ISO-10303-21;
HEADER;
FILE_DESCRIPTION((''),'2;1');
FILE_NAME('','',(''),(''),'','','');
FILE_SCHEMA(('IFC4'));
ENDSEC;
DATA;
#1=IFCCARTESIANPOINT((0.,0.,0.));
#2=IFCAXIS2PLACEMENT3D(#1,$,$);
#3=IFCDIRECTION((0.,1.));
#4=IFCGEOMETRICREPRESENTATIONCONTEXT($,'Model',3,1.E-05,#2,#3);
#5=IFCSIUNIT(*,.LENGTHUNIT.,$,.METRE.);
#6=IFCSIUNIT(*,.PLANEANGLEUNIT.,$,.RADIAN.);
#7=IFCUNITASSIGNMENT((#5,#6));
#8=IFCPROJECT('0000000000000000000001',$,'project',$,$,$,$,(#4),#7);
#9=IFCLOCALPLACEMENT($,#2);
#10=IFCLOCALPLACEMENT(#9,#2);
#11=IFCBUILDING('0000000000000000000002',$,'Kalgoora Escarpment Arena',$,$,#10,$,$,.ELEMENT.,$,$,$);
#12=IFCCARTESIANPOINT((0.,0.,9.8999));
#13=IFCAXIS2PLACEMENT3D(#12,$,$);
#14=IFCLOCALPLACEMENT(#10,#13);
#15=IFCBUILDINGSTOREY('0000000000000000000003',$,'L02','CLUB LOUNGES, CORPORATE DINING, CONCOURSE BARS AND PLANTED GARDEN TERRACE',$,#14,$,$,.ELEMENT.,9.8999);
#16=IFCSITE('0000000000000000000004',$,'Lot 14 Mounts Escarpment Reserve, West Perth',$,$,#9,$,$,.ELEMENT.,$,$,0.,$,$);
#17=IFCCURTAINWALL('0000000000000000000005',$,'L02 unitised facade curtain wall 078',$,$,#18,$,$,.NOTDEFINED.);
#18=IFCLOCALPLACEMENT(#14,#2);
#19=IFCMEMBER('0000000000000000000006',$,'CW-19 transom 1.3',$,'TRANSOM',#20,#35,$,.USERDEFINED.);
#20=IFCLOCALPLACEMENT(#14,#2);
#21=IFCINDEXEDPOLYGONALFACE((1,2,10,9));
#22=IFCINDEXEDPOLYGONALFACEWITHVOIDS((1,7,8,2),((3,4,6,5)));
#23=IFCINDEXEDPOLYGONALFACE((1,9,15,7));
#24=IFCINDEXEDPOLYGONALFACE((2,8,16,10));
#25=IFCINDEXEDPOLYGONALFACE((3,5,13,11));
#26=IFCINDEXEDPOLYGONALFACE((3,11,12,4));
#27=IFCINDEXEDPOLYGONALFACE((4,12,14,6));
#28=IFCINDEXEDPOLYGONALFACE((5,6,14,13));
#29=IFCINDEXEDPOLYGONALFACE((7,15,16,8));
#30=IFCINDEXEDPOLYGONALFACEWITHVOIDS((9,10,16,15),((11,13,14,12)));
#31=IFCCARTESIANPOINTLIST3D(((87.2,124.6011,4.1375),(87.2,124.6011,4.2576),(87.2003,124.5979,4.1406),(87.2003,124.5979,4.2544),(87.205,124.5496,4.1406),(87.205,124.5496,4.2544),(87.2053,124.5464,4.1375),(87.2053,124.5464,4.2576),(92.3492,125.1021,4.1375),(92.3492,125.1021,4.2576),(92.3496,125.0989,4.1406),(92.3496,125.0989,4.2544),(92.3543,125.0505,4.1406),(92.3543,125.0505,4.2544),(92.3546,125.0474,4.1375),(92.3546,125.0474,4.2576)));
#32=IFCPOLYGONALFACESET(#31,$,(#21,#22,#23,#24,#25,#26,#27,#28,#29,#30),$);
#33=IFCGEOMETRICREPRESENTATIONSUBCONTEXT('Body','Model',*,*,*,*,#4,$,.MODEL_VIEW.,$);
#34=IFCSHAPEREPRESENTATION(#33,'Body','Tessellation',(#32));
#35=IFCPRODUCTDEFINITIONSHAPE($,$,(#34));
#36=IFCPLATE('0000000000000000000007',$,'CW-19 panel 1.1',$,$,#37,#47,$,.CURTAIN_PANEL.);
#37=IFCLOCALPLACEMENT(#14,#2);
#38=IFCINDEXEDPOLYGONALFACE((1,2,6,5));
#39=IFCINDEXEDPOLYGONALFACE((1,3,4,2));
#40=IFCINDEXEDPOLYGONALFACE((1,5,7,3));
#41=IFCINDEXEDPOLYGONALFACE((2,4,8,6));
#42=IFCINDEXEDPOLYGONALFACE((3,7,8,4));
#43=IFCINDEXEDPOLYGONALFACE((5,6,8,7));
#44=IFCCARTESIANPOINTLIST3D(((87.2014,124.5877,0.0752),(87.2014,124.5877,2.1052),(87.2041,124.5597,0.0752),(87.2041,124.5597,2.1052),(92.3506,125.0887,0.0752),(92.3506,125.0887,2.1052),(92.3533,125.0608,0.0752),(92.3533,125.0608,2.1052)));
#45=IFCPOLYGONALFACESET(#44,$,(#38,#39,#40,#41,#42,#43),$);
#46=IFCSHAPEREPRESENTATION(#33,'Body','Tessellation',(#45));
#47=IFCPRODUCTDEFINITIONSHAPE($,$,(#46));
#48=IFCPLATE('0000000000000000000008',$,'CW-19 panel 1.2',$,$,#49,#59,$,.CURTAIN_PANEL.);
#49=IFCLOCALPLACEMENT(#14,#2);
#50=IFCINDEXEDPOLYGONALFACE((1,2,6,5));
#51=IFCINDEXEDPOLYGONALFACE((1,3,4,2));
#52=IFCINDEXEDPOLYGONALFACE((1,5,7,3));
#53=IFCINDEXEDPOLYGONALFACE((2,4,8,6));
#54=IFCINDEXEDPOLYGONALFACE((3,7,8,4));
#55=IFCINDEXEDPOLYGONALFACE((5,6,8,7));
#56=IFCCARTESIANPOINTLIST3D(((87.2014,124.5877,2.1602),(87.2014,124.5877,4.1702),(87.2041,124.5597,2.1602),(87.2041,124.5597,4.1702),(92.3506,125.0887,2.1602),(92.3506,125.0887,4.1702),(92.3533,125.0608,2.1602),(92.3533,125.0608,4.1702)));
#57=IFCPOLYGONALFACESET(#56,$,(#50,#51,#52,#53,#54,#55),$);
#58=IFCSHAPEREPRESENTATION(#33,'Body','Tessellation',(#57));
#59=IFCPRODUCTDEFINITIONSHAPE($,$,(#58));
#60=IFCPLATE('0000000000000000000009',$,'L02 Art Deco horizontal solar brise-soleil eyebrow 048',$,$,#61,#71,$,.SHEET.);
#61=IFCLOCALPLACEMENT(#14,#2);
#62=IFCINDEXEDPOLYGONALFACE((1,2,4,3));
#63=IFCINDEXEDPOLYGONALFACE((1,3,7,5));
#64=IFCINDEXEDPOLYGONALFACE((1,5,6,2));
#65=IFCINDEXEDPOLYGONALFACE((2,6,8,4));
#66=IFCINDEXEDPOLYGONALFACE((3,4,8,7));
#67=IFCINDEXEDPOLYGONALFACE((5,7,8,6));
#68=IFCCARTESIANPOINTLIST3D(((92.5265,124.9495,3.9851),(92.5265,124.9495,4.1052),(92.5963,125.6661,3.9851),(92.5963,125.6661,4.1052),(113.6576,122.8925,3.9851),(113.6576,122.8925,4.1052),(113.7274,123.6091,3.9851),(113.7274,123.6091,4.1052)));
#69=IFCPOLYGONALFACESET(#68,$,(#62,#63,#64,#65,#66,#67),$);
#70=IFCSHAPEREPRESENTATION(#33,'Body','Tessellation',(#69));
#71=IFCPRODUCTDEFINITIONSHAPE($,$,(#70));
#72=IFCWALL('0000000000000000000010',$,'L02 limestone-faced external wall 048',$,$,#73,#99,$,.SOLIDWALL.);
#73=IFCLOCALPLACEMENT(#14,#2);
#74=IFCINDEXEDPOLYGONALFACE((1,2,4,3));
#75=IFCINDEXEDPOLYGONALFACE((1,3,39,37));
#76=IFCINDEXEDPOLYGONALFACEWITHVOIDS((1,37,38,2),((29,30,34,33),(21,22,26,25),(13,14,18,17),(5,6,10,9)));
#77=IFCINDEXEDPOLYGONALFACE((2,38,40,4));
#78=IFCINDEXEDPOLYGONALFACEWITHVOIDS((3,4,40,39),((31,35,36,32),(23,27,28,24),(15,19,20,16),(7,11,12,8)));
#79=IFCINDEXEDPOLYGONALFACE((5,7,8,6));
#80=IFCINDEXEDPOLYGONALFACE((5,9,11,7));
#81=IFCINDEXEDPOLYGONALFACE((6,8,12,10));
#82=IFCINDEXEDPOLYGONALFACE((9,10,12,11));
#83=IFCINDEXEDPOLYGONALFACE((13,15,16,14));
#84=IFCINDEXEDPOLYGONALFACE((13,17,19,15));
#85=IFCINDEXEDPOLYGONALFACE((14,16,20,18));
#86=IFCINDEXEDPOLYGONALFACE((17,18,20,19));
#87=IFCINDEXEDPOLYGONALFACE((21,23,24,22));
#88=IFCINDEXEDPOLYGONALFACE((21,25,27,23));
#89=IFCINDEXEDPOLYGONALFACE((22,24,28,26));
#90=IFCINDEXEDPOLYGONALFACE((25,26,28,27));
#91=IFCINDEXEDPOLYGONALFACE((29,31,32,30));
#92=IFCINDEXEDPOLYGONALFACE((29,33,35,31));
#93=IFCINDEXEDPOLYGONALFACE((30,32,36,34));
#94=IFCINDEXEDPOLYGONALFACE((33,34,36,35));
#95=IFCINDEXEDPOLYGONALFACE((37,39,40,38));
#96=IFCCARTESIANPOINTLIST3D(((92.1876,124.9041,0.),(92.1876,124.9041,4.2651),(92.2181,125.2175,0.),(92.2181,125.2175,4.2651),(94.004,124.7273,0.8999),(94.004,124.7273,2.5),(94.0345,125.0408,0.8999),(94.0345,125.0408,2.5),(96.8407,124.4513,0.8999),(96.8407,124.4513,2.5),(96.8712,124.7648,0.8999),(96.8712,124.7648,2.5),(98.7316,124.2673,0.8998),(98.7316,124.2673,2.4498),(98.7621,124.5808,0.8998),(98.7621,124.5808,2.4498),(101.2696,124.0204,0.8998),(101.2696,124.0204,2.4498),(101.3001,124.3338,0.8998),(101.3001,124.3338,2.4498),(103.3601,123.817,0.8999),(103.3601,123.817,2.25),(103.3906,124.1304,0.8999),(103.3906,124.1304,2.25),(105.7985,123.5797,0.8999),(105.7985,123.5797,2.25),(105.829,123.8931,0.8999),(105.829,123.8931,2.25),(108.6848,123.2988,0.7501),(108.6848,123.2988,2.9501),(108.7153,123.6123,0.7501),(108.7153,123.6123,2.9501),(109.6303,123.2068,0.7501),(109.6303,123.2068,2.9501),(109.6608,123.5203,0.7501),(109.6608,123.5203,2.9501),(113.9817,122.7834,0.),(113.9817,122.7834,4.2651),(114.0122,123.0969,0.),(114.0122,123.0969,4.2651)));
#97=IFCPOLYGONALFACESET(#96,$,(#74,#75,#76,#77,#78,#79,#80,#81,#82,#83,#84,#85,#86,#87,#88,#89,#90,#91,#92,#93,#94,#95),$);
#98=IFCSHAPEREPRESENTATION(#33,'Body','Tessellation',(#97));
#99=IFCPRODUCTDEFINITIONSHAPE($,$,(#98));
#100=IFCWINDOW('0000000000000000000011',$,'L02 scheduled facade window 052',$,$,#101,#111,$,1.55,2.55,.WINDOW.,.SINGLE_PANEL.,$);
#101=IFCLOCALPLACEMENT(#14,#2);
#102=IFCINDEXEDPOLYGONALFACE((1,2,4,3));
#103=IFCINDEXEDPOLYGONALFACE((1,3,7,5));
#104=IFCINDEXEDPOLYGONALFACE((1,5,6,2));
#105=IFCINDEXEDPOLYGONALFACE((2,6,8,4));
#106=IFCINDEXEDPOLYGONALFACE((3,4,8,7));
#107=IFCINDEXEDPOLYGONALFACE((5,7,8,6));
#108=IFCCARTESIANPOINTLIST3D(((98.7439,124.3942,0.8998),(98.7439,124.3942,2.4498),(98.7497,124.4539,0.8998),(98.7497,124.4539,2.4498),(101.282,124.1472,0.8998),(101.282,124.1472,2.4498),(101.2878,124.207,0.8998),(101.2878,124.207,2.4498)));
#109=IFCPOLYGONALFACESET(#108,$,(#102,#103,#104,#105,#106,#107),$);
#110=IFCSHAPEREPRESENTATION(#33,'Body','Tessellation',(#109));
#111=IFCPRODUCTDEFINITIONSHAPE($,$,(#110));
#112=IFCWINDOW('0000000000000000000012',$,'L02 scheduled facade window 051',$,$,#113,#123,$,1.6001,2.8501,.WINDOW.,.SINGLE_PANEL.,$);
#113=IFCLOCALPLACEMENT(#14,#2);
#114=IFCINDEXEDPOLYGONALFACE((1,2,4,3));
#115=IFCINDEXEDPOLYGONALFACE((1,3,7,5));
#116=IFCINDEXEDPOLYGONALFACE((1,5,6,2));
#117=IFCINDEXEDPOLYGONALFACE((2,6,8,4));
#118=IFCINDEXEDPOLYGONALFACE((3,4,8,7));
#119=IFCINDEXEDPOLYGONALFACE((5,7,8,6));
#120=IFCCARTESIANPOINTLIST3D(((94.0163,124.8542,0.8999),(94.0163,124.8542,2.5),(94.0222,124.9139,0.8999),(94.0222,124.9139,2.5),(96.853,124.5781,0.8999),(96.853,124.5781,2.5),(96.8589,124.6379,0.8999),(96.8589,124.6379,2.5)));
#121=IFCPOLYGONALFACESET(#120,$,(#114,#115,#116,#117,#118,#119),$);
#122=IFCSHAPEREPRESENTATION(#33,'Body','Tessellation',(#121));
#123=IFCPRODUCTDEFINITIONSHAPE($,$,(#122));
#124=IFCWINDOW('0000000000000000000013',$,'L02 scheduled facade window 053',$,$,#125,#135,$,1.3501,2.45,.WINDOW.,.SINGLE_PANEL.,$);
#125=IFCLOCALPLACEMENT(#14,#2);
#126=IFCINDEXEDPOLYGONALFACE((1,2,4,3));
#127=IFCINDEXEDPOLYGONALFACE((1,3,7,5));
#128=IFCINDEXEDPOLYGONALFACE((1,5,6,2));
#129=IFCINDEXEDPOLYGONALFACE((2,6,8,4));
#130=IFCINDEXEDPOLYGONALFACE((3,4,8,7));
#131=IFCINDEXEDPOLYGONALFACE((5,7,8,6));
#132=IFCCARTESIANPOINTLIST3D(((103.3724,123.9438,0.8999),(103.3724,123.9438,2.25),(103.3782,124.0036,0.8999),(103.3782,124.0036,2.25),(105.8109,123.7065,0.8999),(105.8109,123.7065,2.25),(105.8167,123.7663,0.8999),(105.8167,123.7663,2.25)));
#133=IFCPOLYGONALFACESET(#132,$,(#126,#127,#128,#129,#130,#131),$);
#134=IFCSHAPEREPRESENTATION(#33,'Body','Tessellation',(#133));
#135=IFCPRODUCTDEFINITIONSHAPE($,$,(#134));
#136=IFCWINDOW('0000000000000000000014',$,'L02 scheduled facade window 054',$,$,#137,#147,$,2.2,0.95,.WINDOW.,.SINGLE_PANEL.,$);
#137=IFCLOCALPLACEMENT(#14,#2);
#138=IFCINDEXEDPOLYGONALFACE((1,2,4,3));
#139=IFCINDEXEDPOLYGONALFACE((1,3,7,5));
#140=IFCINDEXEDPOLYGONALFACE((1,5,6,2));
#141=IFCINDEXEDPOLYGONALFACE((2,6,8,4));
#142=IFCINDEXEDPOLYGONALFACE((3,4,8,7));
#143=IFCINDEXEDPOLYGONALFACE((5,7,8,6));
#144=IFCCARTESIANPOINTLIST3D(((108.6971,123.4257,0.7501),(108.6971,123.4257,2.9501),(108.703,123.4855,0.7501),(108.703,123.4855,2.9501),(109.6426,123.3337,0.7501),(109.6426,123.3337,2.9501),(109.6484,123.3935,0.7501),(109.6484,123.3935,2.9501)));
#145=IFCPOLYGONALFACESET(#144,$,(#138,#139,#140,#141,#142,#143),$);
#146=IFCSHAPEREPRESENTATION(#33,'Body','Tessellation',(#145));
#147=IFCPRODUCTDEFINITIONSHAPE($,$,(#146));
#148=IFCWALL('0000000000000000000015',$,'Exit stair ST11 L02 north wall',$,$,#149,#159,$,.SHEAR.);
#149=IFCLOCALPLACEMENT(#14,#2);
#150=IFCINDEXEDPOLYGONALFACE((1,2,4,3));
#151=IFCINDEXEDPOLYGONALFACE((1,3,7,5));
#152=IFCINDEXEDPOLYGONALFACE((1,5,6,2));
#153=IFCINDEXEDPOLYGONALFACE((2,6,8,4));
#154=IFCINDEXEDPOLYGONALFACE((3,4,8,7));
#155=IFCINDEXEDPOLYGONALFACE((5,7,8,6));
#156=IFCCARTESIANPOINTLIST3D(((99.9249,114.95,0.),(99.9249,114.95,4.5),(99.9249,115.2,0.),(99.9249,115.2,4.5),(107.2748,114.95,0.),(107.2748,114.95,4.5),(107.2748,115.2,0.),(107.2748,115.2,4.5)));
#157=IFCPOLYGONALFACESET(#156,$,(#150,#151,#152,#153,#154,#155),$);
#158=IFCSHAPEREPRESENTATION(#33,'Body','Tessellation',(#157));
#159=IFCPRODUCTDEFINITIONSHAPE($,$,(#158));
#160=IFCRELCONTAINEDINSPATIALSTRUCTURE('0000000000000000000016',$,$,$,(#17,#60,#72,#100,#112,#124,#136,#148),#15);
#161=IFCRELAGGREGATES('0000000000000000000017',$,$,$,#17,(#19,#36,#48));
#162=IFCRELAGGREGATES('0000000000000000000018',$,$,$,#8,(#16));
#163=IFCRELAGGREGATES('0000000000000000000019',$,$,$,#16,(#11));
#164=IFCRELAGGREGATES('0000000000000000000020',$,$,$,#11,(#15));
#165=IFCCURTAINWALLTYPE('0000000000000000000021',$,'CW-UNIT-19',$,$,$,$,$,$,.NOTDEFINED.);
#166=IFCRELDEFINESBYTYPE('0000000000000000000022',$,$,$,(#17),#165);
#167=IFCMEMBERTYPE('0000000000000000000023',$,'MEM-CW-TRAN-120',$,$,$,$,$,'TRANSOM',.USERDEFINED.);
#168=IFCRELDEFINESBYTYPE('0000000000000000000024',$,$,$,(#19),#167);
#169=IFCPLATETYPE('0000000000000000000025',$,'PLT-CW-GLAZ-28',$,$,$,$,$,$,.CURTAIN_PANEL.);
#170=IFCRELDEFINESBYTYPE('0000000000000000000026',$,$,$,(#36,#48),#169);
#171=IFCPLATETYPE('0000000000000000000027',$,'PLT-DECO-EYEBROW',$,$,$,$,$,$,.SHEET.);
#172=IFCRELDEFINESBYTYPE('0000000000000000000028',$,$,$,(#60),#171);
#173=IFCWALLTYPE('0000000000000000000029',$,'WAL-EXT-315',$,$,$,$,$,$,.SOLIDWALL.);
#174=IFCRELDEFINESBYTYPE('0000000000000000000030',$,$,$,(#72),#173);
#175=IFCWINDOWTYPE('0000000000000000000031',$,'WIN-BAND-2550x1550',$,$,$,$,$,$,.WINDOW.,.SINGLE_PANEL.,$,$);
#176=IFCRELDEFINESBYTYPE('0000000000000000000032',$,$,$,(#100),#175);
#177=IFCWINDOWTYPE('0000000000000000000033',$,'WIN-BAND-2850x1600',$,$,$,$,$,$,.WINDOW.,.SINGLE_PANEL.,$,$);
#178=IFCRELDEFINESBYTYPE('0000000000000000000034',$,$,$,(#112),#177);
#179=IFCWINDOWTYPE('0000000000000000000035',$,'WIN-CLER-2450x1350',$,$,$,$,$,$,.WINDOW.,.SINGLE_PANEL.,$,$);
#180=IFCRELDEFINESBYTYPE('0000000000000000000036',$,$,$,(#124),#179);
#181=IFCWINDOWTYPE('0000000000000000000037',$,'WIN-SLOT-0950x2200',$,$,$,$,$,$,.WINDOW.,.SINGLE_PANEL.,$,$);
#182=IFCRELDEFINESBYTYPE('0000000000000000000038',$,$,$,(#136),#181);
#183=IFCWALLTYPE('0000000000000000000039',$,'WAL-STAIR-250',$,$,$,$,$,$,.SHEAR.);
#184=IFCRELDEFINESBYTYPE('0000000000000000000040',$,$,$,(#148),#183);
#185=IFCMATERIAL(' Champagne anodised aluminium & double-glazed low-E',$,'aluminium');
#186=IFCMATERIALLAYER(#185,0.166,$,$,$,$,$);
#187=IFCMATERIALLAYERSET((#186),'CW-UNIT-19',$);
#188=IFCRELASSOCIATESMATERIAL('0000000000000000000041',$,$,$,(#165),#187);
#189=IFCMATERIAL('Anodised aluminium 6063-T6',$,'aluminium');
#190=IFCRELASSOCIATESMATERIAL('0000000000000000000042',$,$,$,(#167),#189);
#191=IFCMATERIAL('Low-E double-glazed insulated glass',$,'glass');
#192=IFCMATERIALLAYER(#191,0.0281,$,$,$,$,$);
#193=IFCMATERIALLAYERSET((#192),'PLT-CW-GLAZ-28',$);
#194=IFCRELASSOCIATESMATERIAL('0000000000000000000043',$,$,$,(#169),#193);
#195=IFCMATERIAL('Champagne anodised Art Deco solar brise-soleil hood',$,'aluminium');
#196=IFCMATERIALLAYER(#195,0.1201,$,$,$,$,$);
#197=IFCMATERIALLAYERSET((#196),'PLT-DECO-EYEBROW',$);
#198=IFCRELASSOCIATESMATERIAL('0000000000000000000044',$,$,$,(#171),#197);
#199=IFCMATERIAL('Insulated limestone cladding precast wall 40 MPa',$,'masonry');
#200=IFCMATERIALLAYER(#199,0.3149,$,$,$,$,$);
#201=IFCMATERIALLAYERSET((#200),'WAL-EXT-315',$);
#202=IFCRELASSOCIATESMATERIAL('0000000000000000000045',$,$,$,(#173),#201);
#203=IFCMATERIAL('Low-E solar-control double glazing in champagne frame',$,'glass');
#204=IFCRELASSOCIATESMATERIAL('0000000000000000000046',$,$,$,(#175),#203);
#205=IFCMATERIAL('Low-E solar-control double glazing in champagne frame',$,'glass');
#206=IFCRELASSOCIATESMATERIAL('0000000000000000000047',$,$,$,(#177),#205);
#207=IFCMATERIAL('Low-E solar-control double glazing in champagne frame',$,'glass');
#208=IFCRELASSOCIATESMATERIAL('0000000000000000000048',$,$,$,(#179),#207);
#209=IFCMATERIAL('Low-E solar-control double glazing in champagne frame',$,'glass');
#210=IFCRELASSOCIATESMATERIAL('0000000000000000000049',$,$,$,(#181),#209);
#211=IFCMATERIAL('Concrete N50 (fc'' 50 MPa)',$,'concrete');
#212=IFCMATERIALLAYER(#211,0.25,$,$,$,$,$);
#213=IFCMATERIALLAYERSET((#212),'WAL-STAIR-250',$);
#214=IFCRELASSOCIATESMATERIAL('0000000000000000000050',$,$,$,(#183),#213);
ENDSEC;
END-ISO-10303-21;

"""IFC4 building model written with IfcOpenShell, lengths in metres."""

from ifc_helpers import new_model, si_unit, direction, frame, frame_2d, origin, origin_2d, place, context, subcontext, project, spatial, rectangle, hollow_rectangle, extrude, material, layer, layer_set, material_profile, profile_set, type_object, element, fill, aggregate, save


model = new_model("IFC4")

# Units and contexts
model_context = context("Model", 3, precision=1e-05, world=origin(), true_north=direction((0.0, 1.0)))
body_context = subcontext(model_context, "Body", "Model", "MODEL_VIEW")
ifc_project = project(units=[si_unit("LENGTHUNIT", "METRE"), si_unit("PLANEANGLEUNIT", "RADIAN")], contexts=[model_context])

# Site, building, storey
site_placement = place(None, origin())
site = spatial("IfcSite", under=ifc_project, at=site_placement, Name="Lot 14 Mounts Escarpment Reserve, West Perth", CompositionType="ELEMENT", RefElevation=0.0)
building_placement = place(site_placement, origin())
building = spatial("IfcBuilding", under=site, at=building_placement, Name="Kalgoora Escarpment Arena", CompositionType="ELEMENT")
storey_placement = place(building_placement, frame((0.0, 0.0, 9.8999)))
storey = spatial("IfcBuildingStorey", under=building, at=storey_placement, Name="L02", Description="CLUB LOUNGES, CORPORATE DINING, CONCOURSE BARS AND PLANTED GARDEN TERRACE", CompositionType="ELEMENT", Elevation=9.8999)

# Curtain wall, member, plates
ifc_material_1 = material(Name=" Champagne anodised aluminium & double-glazed low-E", Category="aluminium")
ifc_layer_1 = layer(ifc_material_1, 0.166)
ifc_layer_set_1 = layer_set([ifc_layer_1], Name="CW-UNIT-19")
curtain_wall_type = type_object("IfcCurtainWallType", Name="CW-UNIT-19", PredefinedType="NOTDEFINED", material=ifc_layer_set_1)
curtain_wall_placement = place(storey_placement, origin())
curtain_wall = element("IfcCurtainWall", 1, at=curtain_wall_placement, inside=storey, type_object=curtain_wall_type, Name="L02 unitised facade curtain wall 078", PredefinedType="NOTDEFINED")
ifc_material_2 = material(Name="Anodised aluminium 6063-T6", Category="aluminium")
ifc_material_profile_1 = material_profile(ifc_material_2, hollow_rectangle(XDim=0.0549, YDim=0.1201, WallThickness=0.0032, at=origin_2d()))
ifc_profile_set_1 = profile_set([ifc_material_profile_1], Name="Anodised aluminium 6063-T6")
member_type_1 = type_object("IfcMemberType", Name="MEM-CW-TRAN-120", ElementType="TRANSOM", PredefinedType="USERDEFINED", material=ifc_profile_set_1)
member_1_placement = place(storey_placement, frame((87.2026, 124.5737, 4.1975), z_axis=(0.9953, 0.096835, 0.0), x_axis=(-0.096835, 0.9953, 0.0)))
member_1 = element("IfcMember", 2, at=member_1_placement, type_object=member_type_1, Name="CW-19 transom 1.3", ObjectType="TRANSOM", PredefinedType="USERDEFINED", context=body_context, shape_type="SweptSolid", body=[
    extrude(hollow_rectangle(XDim=0.0549, YDim=0.1201, WallThickness=0.0032, at=origin_2d()), origin(), (0.0, 0.0, 1.0), 5.1736),
])
ifc_material_3 = material(Name="Low-E double-glazed insulated glass", Category="glass")
ifc_layer_2 = layer(ifc_material_3, 0.0281)
ifc_layer_set_2 = layer_set([ifc_layer_2], Name="PLT-CW-GLAZ-28")
plate_type_1 = type_object("IfcPlateType", Name="PLT-CW-GLAZ-28", PredefinedType="CURTAIN_PANEL", material=ifc_layer_set_2)
plate_1_placement = place(storey_placement, frame((89.7773, 124.8242, 0.0752), z_axis=(0.0, 0.0, 1.0), x_axis=(0.995299, 0.096853, 0.0)))
plate_1 = element("IfcPlate", 3, at=plate_1_placement, type_object=plate_type_1, Name="CW-19 panel 1.1", PredefinedType="CURTAIN_PANEL", context=body_context, shape_type="SweptSolid", body=[
    extrude(rectangle(XDim=5.1736, YDim=0.0281, at=origin_2d()), origin(), (0.0, 0.0, 1.0), 2.03),
])
plate_2_placement = place(storey_placement, frame((89.7773, 124.8242, 2.1602), z_axis=(0.0, 0.0, 1.0), x_axis=(0.995299, 0.096853, 0.0)))
plate_2 = element("IfcPlate", 4, at=plate_2_placement, type_object=plate_type_1, Name="CW-19 panel 1.2", PredefinedType="CURTAIN_PANEL", context=body_context, shape_type="SweptSolid", body=[
    extrude(rectangle(XDim=5.1736, YDim=0.0281, at=origin_2d()), origin(), (0.0, 0.0, 1.0), 2.01),
])
aggregate(curtain_wall, [member_1, plate_1, plate_2])

# Plate
ifc_material_4 = material(Name="Champagne anodised Art Deco solar brise-soleil hood", Category="aluminium")
ifc_layer_3 = layer(ifc_material_4, 0.1201)
ifc_layer_set_3 = layer_set([ifc_layer_3], Name="PLT-DECO-EYEBROW")
plate_type_2 = type_object("IfcPlateType", Name="PLT-DECO-EYEBROW", PredefinedType="SHEET", material=ifc_layer_set_3)
plate_3_placement = place(storey_placement, frame((103.127, 124.2793, 3.9851), z_axis=(0.0, 0.0, 1.0), x_axis=(0.995295, -0.096888, 0.0)))
element("IfcPlate", 5, at=plate_3_placement, inside=storey, type_object=plate_type_2, Name="L02 Art Deco horizontal solar brise-soleil eyebrow 048", PredefinedType="SHEET", context=body_context, shape_type="SweptSolid", body=[
    extrude(rectangle(XDim=21.231, YDim=0.72, at=origin_2d()), origin(), (0.0, 0.0, 1.0), 0.1201),
])

# Wall, openings, windows
ifc_material_5 = material(Name="Insulated limestone cladding precast wall 40 MPa", Category="masonry")
ifc_layer_4 = layer(ifc_material_5, 0.3149)
ifc_layer_set_4 = layer_set([ifc_layer_4], Name="WAL-EXT-315")
wall_type_1 = type_object("IfcWallType", Name="WAL-EXT-315", PredefinedType="SOLIDWALL", material=ifc_layer_set_4)
wall_1_placement = place(storey_placement, frame((92.2029, 125.0608, 0.0), z_axis=(0.0, 0.0, 1.0), x_axis=(0.995299, -0.096845, 0.0)))
wall_1 = element("IfcWall", 6, at=wall_1_placement, inside=storey, type_object=wall_type_1, Name="L02 limestone-faced external wall 048", PredefinedType="SOLIDWALL", context=body_context, shape_type="SweptSolid", body=[
    extrude(rectangle(XDim=21.897, YDim=0.3149, at=frame_2d((10.9485, 0.0))), origin(), (0.0, 0.0, 1.0), 4.2651),
])
opening_1_placement = place(wall_1_placement, frame((1.825, 0.0, 0.8999)))
opening_1 = element("IfcOpeningElement", 7, at=opening_1_placement, cuts=wall_1, PredefinedType="OPENING", context=body_context, shape_type="SweptSolid", body=[
    extrude(rectangle(XDim=2.8501, YDim=1.6001, at=frame_2d((1.425, 0.8))), frame((0.0, 0.1675, 0.0), z_axis=(0.0, -1.0, 0.0), x_axis=(1.0, 0.0, 0.0)), (0.0, 0.0, 1.0), 0.335),
])
opening_2_placement = place(wall_1_placement, frame((6.575, 0.0, 0.8999)))
opening_2 = element("IfcOpeningElement", 8, at=opening_2_placement, cuts=wall_1, PredefinedType="OPENING", context=body_context, shape_type="SweptSolid", body=[
    extrude(rectangle(XDim=2.55, YDim=1.55, at=frame_2d((1.2749, 0.7749))), frame((0.0, 0.1675, 0.0), z_axis=(0.0, -1.0, 0.0), x_axis=(1.0, 0.0, 0.0)), (0.0, 0.0, 1.0), 0.335),
])
opening_3_placement = place(wall_1_placement, frame((11.2251, 0.0, 0.8999)))
opening_3 = element("IfcOpeningElement", 9, at=opening_3_placement, cuts=wall_1, PredefinedType="OPENING", context=body_context, shape_type="SweptSolid", body=[
    extrude(rectangle(XDim=2.45, YDim=1.3501, at=frame_2d((1.2251, 0.675))), frame((0.0, 0.1675, 0.0), z_axis=(0.0, -1.0, 0.0), x_axis=(1.0, 0.0, 0.0)), (0.0, 0.0, 1.0), 0.335),
])
opening_4_placement = place(wall_1_placement, frame((16.575, 0.0, 0.75)))
opening_4 = element("IfcOpeningElement", 10, at=opening_4_placement, cuts=wall_1, PredefinedType="OPENING", context=body_context, shape_type="SweptSolid", body=[
    extrude(rectangle(XDim=0.95, YDim=2.2, at=frame_2d((0.4751, 1.1001))), frame((0.0, 0.1675, 0.0), z_axis=(0.0, -1.0, 0.0), x_axis=(1.0, 0.0, 0.0)), (0.0, 0.0, 1.0), 0.335),
])
ifc_material_6 = material(Name="Low-E solar-control double glazing in champagne frame", Category="glass")
window_type_1 = type_object("IfcWindowType", Name="WIN-BAND-2550x1550", PartitioningType="SINGLE_PANEL", PredefinedType="WINDOW", material=ifc_material_6)
window_1_placement = place(opening_2_placement, origin())
window_1 = element("IfcWindow", 11, at=window_1_placement, inside=storey, type_object=window_type_1, Name="L02 scheduled facade window 052", OverallHeight=1.55, OverallWidth=2.55, PartitioningType="SINGLE_PANEL", PredefinedType="WINDOW", context=body_context, shape_type="SweptSolid", body=[
    extrude(rectangle(XDim=2.55, YDim=1.55, at=frame_2d((1.2749, 0.7749))), frame((0.0, 0.03, 0.0), z_axis=(0.0, -1.0, 0.0), x_axis=(1.0, 0.0, 0.0)), (0.0, 0.0, 1.0), 0.0601),
])
fill(opening_2, window_1)
ifc_material_7 = material(Name="Low-E solar-control double glazing in champagne frame", Category="glass")
window_type_2 = type_object("IfcWindowType", Name="WIN-BAND-2850x1600", PartitioningType="SINGLE_PANEL", PredefinedType="WINDOW", material=ifc_material_7)
window_2_placement = place(opening_1_placement, origin())
window_2 = element("IfcWindow", 12, at=window_2_placement, inside=storey, type_object=window_type_2, Name="L02 scheduled facade window 051", OverallHeight=1.6001, OverallWidth=2.8501, PartitioningType="SINGLE_PANEL", PredefinedType="WINDOW", context=body_context, shape_type="SweptSolid", body=[
    extrude(rectangle(XDim=2.8501, YDim=1.6001, at=frame_2d((1.425, 0.8))), frame((0.0, 0.03, 0.0), z_axis=(0.0, -1.0, 0.0), x_axis=(1.0, 0.0, 0.0)), (0.0, 0.0, 1.0), 0.0601),
])
fill(opening_1, window_2)
ifc_material_8 = material(Name="Low-E solar-control double glazing in champagne frame", Category="glass")
window_type_3 = type_object("IfcWindowType", Name="WIN-CLER-2450x1350", PartitioningType="SINGLE_PANEL", PredefinedType="WINDOW", material=ifc_material_8)
window_3_placement = place(opening_3_placement, origin())
window_3 = element("IfcWindow", 13, at=window_3_placement, inside=storey, type_object=window_type_3, Name="L02 scheduled facade window 053", OverallHeight=1.3501, OverallWidth=2.45, PartitioningType="SINGLE_PANEL", PredefinedType="WINDOW", context=body_context, shape_type="SweptSolid", body=[
    extrude(rectangle(XDim=2.45, YDim=1.3501, at=frame_2d((1.2251, 0.675))), frame((0.0, 0.03, 0.0), z_axis=(0.0, -1.0, 0.0), x_axis=(1.0, 0.0, 0.0)), (0.0, 0.0, 1.0), 0.0601),
])
fill(opening_3, window_3)
ifc_material_9 = material(Name="Low-E solar-control double glazing in champagne frame", Category="glass")
window_type_4 = type_object("IfcWindowType", Name="WIN-SLOT-0950x2200", PartitioningType="SINGLE_PANEL", PredefinedType="WINDOW", material=ifc_material_9)
window_4_placement = place(opening_4_placement, origin())
window_4 = element("IfcWindow", 14, at=window_4_placement, inside=storey, type_object=window_type_4, Name="L02 scheduled facade window 054", OverallHeight=2.2, OverallWidth=0.95, PartitioningType="SINGLE_PANEL", PredefinedType="WINDOW", context=body_context, shape_type="SweptSolid", body=[
    extrude(rectangle(XDim=0.95, YDim=2.2, at=frame_2d((0.4751, 1.1001))), frame((0.0, 0.03, 0.0), z_axis=(0.0, -1.0, 0.0), x_axis=(1.0, 0.0, 0.0)), (0.0, 0.0, 1.0), 0.0601),
])
fill(opening_4, window_4)

# Wall
ifc_material_10 = material(Name="Concrete N50 (fc' 50 MPa)", Category="concrete")
ifc_layer_5 = layer(ifc_material_10, 0.25)
ifc_layer_set_5 = layer_set([ifc_layer_5], Name="WAL-STAIR-250")
wall_type_2 = type_object("IfcWallType", Name="WAL-STAIR-250", PredefinedType="SHEAR", material=ifc_layer_set_5)
wall_2_placement = place(storey_placement, frame((99.925, 115.075, 0.0), z_axis=(0.0, 0.0, 1.0), x_axis=(1.0, 0.0, 0.0)))
element("IfcWall", 15, at=wall_2_placement, inside=storey, type_object=wall_type_2, Name="Exit stair ST11 L02 north wall", PredefinedType="SHEAR", context=body_context, shape_type="SweptSolid", body=[
    extrude(rectangle(XDim=7.3499, YDim=0.25, at=frame_2d((3.6748, 0.0))), origin(), (0.0, 0.0, 1.0), 4.5),
])

save(model, "model.ifc")
